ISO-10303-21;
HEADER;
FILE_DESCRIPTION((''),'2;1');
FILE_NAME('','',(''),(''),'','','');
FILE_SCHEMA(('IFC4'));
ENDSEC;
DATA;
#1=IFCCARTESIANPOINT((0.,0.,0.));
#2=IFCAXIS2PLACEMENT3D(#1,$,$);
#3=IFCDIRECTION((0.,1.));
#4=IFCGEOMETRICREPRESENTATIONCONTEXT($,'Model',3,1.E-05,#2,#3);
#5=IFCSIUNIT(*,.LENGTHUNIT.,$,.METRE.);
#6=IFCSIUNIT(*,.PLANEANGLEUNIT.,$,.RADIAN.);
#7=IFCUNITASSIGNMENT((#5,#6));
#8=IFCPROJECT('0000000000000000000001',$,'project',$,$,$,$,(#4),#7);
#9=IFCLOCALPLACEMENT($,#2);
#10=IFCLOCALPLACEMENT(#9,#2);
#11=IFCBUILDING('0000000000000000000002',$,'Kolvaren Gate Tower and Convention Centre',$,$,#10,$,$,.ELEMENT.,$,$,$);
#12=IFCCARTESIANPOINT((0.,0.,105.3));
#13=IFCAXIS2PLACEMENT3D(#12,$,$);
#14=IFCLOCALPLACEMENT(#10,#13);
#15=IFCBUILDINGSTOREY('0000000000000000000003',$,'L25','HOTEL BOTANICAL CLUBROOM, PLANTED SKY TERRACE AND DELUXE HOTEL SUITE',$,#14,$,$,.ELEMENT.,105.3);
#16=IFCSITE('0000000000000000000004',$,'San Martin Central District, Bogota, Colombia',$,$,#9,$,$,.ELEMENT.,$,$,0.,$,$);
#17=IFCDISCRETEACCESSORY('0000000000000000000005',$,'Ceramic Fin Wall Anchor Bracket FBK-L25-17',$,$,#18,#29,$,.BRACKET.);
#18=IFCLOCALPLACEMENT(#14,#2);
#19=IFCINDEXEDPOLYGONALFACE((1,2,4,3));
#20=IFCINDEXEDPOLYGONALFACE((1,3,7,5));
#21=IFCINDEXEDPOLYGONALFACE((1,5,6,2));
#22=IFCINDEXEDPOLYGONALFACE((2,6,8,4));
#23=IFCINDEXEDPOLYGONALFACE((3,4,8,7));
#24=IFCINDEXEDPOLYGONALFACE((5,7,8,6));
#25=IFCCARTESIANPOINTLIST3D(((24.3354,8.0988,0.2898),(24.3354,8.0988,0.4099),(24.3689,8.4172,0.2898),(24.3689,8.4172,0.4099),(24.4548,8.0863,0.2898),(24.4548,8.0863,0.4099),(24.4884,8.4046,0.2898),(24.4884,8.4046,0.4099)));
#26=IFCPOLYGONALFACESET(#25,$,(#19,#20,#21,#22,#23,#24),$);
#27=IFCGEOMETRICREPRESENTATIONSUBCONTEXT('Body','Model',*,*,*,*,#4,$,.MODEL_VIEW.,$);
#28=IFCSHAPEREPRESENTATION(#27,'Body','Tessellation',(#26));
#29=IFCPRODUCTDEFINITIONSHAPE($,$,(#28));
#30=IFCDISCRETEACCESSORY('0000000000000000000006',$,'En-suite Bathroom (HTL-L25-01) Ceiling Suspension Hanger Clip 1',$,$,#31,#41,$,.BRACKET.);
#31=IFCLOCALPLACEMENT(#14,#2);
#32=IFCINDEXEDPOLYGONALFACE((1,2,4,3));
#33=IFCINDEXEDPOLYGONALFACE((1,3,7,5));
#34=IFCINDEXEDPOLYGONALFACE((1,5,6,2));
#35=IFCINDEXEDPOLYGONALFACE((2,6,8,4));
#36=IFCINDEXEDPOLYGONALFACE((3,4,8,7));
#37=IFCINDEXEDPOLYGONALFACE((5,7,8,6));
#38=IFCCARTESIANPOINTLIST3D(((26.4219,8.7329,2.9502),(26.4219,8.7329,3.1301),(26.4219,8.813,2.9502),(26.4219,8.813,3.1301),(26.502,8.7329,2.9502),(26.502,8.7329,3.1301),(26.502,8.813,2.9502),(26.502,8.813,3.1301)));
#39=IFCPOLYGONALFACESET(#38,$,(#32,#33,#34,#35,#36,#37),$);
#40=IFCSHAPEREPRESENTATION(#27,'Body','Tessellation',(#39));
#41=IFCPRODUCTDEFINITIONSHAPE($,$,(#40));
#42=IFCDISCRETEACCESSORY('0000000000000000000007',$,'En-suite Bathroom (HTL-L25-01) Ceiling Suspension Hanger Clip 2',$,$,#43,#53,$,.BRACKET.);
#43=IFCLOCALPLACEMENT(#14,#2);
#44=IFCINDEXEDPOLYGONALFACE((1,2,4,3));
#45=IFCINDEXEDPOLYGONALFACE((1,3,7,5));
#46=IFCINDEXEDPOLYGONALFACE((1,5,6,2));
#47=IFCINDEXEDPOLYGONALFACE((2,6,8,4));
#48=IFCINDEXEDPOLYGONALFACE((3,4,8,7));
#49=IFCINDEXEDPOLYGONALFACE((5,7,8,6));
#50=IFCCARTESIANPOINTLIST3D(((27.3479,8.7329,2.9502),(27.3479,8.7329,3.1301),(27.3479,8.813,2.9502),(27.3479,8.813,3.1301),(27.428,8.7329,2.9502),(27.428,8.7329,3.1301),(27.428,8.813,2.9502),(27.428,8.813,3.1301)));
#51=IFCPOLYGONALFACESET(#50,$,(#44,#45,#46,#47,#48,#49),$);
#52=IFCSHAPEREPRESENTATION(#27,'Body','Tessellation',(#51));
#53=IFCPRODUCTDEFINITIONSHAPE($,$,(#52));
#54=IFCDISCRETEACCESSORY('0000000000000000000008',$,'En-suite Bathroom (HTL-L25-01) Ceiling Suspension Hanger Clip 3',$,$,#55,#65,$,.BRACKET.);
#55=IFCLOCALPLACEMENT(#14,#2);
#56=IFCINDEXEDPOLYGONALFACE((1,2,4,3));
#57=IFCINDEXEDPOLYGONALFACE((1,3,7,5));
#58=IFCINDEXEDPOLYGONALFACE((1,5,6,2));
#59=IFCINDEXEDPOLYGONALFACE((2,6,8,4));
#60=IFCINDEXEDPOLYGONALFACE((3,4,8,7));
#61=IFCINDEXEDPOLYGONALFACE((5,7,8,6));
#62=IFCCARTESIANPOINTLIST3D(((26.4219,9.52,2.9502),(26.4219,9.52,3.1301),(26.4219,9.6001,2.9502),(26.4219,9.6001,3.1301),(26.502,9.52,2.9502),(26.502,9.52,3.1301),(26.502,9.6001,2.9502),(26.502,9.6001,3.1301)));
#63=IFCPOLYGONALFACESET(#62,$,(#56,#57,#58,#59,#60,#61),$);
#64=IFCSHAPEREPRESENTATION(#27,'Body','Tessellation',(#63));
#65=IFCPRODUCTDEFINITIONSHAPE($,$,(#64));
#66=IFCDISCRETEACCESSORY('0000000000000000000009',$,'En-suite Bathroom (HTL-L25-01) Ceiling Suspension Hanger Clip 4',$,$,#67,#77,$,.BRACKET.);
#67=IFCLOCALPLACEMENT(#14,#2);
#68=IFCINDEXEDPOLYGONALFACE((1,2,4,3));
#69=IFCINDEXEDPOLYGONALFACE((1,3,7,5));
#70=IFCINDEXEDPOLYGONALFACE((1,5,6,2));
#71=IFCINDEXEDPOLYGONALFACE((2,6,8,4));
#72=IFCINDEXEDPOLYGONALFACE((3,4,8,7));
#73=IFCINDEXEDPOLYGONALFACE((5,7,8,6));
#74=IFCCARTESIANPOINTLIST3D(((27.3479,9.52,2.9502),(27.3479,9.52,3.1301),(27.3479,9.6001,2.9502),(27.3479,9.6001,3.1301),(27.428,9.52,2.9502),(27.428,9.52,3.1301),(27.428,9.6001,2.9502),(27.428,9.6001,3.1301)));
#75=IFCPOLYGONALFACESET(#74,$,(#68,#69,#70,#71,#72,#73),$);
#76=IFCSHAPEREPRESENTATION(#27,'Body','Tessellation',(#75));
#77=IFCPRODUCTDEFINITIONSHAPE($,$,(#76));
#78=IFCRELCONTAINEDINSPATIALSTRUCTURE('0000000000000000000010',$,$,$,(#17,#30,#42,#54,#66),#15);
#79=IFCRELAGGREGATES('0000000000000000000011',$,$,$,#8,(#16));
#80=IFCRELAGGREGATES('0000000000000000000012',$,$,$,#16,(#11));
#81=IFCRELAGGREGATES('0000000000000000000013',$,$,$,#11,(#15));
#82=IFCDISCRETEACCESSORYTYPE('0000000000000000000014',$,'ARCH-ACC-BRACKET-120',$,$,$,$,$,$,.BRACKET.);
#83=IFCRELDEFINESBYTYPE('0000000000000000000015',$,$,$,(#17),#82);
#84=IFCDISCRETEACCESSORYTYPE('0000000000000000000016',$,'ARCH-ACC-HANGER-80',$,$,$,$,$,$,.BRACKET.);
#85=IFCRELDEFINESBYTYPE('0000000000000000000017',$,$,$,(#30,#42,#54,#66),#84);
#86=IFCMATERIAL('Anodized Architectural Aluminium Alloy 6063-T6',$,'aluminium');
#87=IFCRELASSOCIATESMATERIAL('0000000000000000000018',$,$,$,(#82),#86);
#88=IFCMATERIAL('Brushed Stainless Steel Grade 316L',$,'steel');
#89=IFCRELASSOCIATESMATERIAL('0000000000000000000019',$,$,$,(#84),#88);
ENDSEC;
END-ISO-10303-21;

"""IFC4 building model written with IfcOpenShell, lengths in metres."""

from ifc_helpers import new_model, si_unit, direction, frame, origin, origin_2d, place, context, subcontext, project, spatial, rectangle, extrude, material, type_object, element, save


model = new_model("IFC4")

# Units and contexts
model_context = context("Model", 3, precision=1e-05, world=origin(), true_north=direction((0.0, 1.0)))
body_context = subcontext(model_context, "Body", "Model", "MODEL_VIEW")
ifc_project = project(units=[si_unit("LENGTHUNIT", "METRE"), si_unit("PLANEANGLEUNIT", "RADIAN")], contexts=[model_context])

# Site, building, storey
site_placement = place(None, origin())
site = spatial("IfcSite", under=ifc_project, at=site_placement, Name="San Martin Central District, Bogota, Colombia", CompositionType="ELEMENT", RefElevation=0.0)
building_placement = place(site_placement, origin())
building = spatial("IfcBuilding", under=site, at=building_placement, Name="Kolvaren Gate Tower and Convention Centre", CompositionType="ELEMENT")
storey_placement = place(building_placement, frame((0.0, 0.0, 105.3)))
storey = spatial("IfcBuildingStorey", under=building, at=storey_placement, Name="L25", Description="HOTEL BOTANICAL CLUBROOM, PLANTED SKY TERRACE AND DELUXE HOTEL SUITE", CompositionType="ELEMENT", Elevation=105.3)

# Discrete accessories
ifc_material_1 = material(Name="Anodized Architectural Aluminium Alloy 6063-T6", Category="aluminium")
discrete_accessory_type_1 = type_object("IfcDiscreteAccessoryType", Name="ARCH-ACC-BRACKET-120", PredefinedType="BRACKET", material=ifc_material_1)
discrete_accessory_placement = place(storey_placement, frame((24.4119, 8.2517, 0.2898), z_axis=(0.0, 0.0, 1.0), x_axis=(0.9945, -0.104737, 0.0)))
element("IfcDiscreteAccessory", 1, at=discrete_accessory_placement, inside=storey, type_object=discrete_accessory_type_1, Name="Ceramic Fin Wall Anchor Bracket FBK-L25-17", PredefinedType="BRACKET", context=body_context, shape_type="SweptSolid", body=[
    extrude(rectangle(XDim=0.1201, YDim=0.3201, at=origin_2d()), origin(), (0.0, 0.0, 1.0), 0.1201),
])
ifc_material_2 = material(Name="Brushed Stainless Steel Grade 316L", Category="steel")
discrete_accessory_type_2 = type_object("IfcDiscreteAccessoryType", Name="ARCH-ACC-HANGER-80", PredefinedType="BRACKET", material=ifc_material_2)
for number, where, z_axis, x_axis, name in (
    (2, (26.4619, 8.7729, 2.9502), (0.0, 0.0, 1.0), (1.0, 0.0, 0.0), "En-suite Bathroom (HTL-L25-01) Ceiling Suspension Hanger Clip 1"),
    (3, (27.3879, 8.7729, 2.9502), (0.0, 0.0, 1.0), (1.0, 0.0, 0.0), "En-suite Bathroom (HTL-L25-01) Ceiling Suspension Hanger Clip 2"),
    (4, (26.4619, 9.5601, 2.9502), (0.0, 0.0, 1.0), (1.0, 0.0, 0.0), "En-suite Bathroom (HTL-L25-01) Ceiling Suspension Hanger Clip 3"),
    (5, (27.3879, 9.5601, 2.9502), (0.0, 0.0, 1.0), (1.0, 0.0, 0.0), "En-suite Bathroom (HTL-L25-01) Ceiling Suspension Hanger Clip 4"),
):
    element("IfcDiscreteAccessory", number, at=place(storey_placement, frame(where, z_axis=z_axis, x_axis=x_axis)), inside=storey, type_object=discrete_accessory_type_2, Name=name, PredefinedType="BRACKET", context=body_context, shape_type="SweptSolid", body=[
        extrude(rectangle(XDim=0.0801, YDim=0.0801, at=origin_2d()), origin(), (0.0, 0.0, 1.0), 0.1799),
    ])

save(model, "model.ifc")
